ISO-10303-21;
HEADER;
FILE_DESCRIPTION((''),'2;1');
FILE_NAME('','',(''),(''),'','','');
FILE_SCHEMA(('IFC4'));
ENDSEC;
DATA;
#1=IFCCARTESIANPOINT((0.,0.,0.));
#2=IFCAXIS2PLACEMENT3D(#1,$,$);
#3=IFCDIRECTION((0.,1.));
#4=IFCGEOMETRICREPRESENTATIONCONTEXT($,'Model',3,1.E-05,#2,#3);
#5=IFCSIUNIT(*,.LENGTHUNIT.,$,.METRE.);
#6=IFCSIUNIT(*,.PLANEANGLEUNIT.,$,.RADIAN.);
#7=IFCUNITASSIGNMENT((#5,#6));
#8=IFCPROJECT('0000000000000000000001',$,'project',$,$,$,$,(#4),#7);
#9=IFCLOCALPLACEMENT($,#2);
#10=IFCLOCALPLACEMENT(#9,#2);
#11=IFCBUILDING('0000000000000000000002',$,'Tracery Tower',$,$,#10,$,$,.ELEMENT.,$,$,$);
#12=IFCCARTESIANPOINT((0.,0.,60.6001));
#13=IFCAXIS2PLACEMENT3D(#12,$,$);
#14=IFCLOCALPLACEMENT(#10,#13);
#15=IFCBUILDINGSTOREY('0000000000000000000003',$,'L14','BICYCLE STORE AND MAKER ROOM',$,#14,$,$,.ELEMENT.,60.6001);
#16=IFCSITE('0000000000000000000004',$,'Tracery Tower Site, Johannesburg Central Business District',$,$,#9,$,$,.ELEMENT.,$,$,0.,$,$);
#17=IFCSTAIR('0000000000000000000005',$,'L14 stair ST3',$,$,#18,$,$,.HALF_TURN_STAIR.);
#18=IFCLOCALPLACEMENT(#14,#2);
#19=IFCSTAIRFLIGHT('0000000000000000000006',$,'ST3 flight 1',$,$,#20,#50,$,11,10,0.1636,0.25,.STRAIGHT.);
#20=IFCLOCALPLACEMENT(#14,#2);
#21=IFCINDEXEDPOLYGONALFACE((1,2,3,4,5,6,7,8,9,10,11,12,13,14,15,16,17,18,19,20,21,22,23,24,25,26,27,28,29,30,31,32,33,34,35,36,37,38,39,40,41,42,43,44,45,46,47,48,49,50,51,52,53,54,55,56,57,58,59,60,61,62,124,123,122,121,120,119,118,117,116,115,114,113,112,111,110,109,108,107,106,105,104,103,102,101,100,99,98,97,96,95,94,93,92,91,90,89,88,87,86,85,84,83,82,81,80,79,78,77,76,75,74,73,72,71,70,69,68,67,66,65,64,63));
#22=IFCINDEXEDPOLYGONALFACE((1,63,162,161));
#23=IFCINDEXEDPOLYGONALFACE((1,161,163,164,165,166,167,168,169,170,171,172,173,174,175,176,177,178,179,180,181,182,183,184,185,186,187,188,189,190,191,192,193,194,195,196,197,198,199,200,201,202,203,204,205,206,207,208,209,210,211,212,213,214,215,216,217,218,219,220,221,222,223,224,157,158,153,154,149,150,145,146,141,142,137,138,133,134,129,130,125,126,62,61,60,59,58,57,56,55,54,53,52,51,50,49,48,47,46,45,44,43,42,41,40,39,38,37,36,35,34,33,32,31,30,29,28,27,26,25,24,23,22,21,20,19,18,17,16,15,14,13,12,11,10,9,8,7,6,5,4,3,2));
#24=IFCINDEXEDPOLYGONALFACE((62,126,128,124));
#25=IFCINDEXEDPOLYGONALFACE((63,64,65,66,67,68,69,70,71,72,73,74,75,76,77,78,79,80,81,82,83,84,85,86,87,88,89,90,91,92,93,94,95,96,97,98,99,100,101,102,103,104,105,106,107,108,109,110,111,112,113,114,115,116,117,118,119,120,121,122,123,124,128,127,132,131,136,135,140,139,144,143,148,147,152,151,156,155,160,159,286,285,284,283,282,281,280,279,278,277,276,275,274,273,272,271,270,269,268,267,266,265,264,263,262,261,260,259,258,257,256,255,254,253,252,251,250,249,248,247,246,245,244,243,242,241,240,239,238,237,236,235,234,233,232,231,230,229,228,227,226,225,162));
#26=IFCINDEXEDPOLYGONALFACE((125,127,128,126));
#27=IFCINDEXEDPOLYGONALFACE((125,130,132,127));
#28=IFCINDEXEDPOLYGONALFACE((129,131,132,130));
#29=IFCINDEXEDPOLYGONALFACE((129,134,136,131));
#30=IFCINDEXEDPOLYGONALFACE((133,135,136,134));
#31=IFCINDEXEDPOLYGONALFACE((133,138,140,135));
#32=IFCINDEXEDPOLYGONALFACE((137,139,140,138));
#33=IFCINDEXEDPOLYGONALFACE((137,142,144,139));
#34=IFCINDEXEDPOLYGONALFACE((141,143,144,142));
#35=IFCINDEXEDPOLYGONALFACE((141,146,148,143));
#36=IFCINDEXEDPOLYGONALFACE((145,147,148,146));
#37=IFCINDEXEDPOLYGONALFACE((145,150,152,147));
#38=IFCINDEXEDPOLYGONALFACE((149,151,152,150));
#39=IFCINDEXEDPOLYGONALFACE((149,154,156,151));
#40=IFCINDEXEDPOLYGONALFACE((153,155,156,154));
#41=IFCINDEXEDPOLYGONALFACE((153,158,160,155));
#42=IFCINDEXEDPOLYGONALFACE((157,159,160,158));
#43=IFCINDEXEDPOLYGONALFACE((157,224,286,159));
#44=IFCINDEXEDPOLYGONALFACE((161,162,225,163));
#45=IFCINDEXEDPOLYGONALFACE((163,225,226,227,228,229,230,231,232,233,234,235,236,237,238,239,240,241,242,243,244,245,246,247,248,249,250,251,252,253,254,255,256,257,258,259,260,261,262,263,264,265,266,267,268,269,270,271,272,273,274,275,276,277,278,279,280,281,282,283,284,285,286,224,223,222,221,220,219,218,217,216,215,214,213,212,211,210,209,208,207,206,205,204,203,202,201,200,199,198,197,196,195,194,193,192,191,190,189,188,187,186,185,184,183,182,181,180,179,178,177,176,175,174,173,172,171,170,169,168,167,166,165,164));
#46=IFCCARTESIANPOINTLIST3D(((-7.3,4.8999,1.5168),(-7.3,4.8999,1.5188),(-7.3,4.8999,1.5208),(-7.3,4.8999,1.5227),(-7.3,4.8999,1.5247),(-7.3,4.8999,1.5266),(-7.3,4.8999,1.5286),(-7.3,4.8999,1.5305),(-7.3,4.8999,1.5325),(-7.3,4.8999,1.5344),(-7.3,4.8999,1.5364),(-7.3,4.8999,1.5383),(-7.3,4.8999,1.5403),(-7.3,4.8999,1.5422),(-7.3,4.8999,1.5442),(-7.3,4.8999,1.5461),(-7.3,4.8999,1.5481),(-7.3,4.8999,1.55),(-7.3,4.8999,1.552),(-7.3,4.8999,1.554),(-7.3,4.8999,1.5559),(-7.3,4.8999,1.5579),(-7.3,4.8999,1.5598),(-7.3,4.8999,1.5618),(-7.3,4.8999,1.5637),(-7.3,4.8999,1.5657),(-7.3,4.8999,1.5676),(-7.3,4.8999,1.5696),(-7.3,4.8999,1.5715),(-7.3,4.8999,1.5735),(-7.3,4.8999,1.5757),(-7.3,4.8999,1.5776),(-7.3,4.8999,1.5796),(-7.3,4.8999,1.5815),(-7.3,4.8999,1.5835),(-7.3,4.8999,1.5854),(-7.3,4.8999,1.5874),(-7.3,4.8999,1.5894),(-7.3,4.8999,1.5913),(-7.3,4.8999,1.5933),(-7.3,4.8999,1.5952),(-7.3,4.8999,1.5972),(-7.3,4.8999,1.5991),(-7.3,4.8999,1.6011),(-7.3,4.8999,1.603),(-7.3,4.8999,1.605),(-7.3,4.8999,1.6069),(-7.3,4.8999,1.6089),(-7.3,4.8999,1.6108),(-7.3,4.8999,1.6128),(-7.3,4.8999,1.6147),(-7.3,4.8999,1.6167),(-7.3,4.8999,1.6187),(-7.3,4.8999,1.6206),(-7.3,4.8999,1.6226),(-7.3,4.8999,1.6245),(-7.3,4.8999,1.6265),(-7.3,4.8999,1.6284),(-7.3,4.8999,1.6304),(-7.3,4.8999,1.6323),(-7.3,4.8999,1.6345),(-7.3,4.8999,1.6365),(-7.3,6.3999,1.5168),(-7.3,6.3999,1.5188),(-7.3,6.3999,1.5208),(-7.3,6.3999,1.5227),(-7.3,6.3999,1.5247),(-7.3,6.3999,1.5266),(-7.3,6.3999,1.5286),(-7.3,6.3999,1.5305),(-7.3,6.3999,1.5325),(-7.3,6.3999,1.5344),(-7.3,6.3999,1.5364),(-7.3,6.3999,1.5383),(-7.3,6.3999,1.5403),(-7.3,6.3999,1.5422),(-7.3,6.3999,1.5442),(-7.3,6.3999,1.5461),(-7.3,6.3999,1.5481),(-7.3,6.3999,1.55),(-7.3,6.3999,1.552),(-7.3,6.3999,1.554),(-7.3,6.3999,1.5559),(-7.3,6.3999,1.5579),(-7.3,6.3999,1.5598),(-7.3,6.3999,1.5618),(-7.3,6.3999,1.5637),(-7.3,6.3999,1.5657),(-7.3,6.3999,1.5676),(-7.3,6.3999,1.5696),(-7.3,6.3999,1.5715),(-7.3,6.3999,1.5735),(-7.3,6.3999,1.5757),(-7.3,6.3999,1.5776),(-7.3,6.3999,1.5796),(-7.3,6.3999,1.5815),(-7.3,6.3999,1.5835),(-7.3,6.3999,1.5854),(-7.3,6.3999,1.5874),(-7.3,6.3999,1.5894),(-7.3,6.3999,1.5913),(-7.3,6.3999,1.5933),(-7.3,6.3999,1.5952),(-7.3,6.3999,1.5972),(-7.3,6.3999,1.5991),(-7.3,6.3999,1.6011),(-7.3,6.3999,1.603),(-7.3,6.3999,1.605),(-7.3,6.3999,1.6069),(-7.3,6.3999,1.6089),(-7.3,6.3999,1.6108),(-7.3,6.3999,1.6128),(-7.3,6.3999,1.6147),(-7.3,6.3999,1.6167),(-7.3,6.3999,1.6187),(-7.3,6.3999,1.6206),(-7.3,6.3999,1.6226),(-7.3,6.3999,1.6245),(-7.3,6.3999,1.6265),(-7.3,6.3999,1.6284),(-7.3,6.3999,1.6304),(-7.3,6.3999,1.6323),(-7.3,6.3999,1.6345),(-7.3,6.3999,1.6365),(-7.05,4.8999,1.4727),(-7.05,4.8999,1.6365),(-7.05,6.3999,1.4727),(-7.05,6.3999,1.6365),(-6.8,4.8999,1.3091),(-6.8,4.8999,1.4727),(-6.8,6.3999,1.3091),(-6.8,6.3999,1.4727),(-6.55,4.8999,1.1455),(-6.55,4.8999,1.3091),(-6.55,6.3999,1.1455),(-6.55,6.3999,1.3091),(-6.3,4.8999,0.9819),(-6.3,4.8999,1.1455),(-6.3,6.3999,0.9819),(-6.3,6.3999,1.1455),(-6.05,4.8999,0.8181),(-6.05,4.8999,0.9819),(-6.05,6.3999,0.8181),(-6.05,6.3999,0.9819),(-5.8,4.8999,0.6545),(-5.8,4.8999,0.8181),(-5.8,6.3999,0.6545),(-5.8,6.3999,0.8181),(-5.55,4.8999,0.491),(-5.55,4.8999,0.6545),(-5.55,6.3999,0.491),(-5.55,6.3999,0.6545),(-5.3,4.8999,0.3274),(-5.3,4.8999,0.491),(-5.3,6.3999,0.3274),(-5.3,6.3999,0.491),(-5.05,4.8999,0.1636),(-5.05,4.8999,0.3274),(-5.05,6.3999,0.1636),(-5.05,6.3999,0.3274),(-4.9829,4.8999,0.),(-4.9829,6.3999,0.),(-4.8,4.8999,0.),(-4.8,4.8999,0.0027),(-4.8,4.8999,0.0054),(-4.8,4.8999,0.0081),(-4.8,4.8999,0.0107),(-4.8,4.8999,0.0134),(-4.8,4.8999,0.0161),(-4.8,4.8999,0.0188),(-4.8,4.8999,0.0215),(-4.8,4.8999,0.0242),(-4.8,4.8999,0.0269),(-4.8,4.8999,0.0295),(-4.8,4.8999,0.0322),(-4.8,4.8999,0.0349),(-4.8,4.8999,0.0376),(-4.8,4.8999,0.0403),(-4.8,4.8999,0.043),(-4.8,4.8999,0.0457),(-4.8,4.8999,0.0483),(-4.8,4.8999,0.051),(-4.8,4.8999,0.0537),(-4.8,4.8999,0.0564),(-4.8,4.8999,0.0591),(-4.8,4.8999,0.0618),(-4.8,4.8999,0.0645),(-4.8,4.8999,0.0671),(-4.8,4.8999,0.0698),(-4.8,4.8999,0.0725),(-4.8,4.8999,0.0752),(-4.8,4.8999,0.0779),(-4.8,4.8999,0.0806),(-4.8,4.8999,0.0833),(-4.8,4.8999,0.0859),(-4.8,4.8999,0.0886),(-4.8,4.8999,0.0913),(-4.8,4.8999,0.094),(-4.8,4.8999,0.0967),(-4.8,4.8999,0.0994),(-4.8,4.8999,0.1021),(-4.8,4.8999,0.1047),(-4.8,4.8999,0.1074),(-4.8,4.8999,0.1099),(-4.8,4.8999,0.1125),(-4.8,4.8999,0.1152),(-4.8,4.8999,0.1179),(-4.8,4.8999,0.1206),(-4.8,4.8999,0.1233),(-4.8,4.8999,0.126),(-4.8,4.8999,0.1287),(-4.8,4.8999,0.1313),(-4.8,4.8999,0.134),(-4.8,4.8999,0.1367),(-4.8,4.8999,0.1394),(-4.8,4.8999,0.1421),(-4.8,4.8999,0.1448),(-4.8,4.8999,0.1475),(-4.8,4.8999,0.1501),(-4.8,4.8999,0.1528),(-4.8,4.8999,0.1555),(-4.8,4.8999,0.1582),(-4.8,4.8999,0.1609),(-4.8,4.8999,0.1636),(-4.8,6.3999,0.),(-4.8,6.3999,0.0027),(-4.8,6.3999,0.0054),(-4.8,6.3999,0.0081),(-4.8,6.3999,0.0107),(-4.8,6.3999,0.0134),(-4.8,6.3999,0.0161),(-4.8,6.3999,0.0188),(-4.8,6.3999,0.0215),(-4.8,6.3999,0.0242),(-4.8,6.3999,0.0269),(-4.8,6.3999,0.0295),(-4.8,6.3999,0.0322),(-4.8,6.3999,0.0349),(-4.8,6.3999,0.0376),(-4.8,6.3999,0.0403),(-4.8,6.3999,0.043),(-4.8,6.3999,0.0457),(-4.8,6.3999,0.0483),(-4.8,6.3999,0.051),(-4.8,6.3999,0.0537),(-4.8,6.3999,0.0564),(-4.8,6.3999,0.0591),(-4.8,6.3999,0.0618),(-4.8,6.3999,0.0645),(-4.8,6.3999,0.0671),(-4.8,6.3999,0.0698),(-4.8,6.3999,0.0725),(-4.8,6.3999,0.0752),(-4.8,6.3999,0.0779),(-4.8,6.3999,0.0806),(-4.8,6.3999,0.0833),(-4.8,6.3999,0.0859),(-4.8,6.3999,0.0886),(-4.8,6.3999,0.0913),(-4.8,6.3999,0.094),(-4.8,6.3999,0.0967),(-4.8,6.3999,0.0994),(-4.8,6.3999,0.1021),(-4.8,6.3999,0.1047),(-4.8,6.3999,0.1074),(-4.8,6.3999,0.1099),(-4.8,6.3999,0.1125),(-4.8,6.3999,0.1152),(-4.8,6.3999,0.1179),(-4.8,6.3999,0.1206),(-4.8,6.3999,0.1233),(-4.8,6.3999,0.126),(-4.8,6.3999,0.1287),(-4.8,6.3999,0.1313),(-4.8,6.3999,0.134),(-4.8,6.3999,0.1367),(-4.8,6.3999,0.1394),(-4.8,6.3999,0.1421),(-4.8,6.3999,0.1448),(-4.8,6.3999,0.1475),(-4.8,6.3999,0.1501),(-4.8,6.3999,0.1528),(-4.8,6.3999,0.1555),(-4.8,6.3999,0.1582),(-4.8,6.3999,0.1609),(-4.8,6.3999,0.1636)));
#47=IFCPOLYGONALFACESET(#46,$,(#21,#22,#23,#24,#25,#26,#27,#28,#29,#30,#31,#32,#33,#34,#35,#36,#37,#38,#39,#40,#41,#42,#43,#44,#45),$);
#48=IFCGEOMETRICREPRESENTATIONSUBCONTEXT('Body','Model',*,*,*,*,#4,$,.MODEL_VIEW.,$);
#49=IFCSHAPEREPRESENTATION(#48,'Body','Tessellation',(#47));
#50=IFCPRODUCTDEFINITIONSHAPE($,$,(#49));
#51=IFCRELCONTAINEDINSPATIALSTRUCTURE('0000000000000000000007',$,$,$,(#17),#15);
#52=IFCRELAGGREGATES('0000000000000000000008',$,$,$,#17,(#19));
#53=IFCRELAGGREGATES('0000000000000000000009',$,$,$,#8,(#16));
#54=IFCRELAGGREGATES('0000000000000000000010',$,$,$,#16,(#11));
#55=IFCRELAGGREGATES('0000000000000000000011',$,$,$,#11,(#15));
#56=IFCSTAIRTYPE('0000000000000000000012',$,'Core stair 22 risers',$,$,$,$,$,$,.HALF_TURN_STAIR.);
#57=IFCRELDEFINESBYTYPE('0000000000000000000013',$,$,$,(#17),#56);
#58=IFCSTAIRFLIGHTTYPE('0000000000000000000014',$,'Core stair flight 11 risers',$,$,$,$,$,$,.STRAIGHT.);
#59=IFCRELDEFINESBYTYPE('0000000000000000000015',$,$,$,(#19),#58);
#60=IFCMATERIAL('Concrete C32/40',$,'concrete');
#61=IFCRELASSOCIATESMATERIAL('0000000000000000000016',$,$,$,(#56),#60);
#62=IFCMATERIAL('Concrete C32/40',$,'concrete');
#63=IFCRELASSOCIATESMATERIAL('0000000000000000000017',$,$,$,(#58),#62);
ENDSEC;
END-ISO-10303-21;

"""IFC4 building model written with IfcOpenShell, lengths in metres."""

from ifc_helpers import new_model, si_unit, direction, frame, origin, place, context, subcontext, project, spatial, polyline, outline, extrude, material, type_object, element, aggregate, save


model = new_model("IFC4")

# Units and contexts
model_context = context("Model", 3, precision=1e-05, world=origin(), true_north=direction((0.0, 1.0)))
body_context = subcontext(model_context, "Body", "Model", "MODEL_VIEW")
ifc_project = project(units=[si_unit("LENGTHUNIT", "METRE"), si_unit("PLANEANGLEUNIT", "RADIAN")], contexts=[model_context])

# Site, building, storey
site_placement = place(None, origin())
site = spatial("IfcSite", under=ifc_project, at=site_placement, Name="Tracery Tower Site, Johannesburg Central Business District", CompositionType="ELEMENT", RefElevation=0.0)
building_placement = place(site_placement, origin())
building = spatial("IfcBuilding", under=site, at=building_placement, Name="Tracery Tower", CompositionType="ELEMENT")
storey_placement = place(building_placement, frame((0.0, 0.0, 60.6001)))
storey = spatial("IfcBuildingStorey", under=building, at=storey_placement, Name="L14", Description="BICYCLE STORE AND MAKER ROOM", CompositionType="ELEMENT", Elevation=60.6001)

# Stair, stair flight
ifc_material_1 = material(Name="Concrete C32/40", Category="concrete")
stair_type = type_object("IfcStairType", Name="Core stair 22 risers", PredefinedType="HALF_TURN_STAIR", material=ifc_material_1)
stair_placement = place(storey_placement, origin())
stair = element("IfcStair", 1, at=stair_placement, inside=storey, type_object=stair_type, Name="L14 stair ST3", PredefinedType="HALF_TURN_STAIR")
ifc_material_2 = material(Name="Concrete C32/40", Category="concrete")
stair_flight_type = type_object("IfcStairFlightType", Name="Core stair flight 11 risers", PredefinedType="STRAIGHT", material=ifc_material_2)
stair_flight_1_placement = place(storey_placement, frame((-4.8, 5.6499, 0.0), z_axis=(0.0, 0.0, 1.0), x_axis=(-1.0, 0.0, 0.0)))
stair_flight_1 = element("IfcStairFlight", 2, at=stair_flight_1_placement, type_object=stair_flight_type, Name="ST3 flight 1", NumberOfRisers=11, NumberOfTreads=10, PredefinedType="STRAIGHT", RiserHeight=0.1636, TreadLength=0.25, context=body_context, shape_type="SweptSolid", body=[
    extrude(outline(polyline([(0.0, 0.0), (0.0, 0.0027), (0.0, 0.0054), (0.0, 0.0081), (0.0, 0.0107), (0.0, 0.0134), (0.0, 0.0161), (0.0, 0.0188), (0.0, 0.0215), (0.0, 0.0242), (0.0, 0.0269), (0.0, 0.0295), (0.0, 0.0322), (0.0, 0.0349), (0.0, 0.0376), (0.0, 0.0403), (0.0, 0.043), (0.0, 0.0457), (0.0, 0.0483), (0.0, 0.051), (0.0, 0.0537), (0.0, 0.0564), (0.0, 0.0591), (0.0, 0.0618), (0.0, 0.0645), (0.0, 0.0671), (0.0, 0.0698), (0.0, 0.0725), (0.0, 0.0752), (0.0, 0.0779), (0.0, 0.0806), (0.0, 0.0833), (0.0, 0.0859), (0.0, 0.0886), (0.0, 0.0913), (0.0, 0.094), (0.0, 0.0967), (0.0, 0.0994), (0.0, 0.1021), (0.0, 0.1047), (0.0, 0.1074), (0.0, 0.1099), (0.0, 0.1125), (0.0, 0.1152), (0.0, 0.1179), (0.0, 0.1206), (0.0, 0.1233), (0.0, 0.126), (0.0, 0.1287), (0.0, 0.1313), (0.0, 0.134), (0.0, 0.1367), (0.0, 0.1394), (0.0, 0.1421), (0.0, 0.1448), (0.0, 0.1475), (0.0, 0.1501), (0.0, 0.1528), (0.0, 0.1555), (0.0, 0.1582), (0.0, 0.1609), (0.0, 0.1636), (0.25, 0.1636), (0.25, 0.3274), (0.5, 0.3274), (0.5, 0.491), (0.75, 0.491), (0.75, 0.6545), (1.0, 0.6545), (1.0, 0.8181), (1.25, 0.8181), (1.25, 0.9819), (1.5, 0.9819), (1.5, 1.1455), (1.75, 1.1455), (1.75, 1.3091), (2.0, 1.3091), (2.0, 1.4727), (2.25, 1.4727), (2.25, 1.6365), (2.5, 1.6365), (2.5, 1.6345), (2.5, 1.6323), (2.5, 1.6304), (2.5, 1.6284), (2.5, 1.6265), (2.5, 1.6245), (2.5, 1.6226), (2.5, 1.6206), (2.5, 1.6187), (2.5, 1.6167), (2.5, 1.6147), (2.5, 1.6128), (2.5, 1.6108), (2.5, 1.6089), (2.5, 1.6069), (2.5, 1.605), (2.5, 1.603), (2.5, 1.6011), (2.5, 1.5991), (2.5, 1.5972), (2.5, 1.5952), (2.5, 1.5933), (2.5, 1.5913), (2.5, 1.5894), (2.5, 1.5874), (2.5, 1.5854), (2.5, 1.5835), (2.5, 1.5815), (2.5, 1.5796), (2.5, 1.5776), (2.5, 1.5757), (2.5, 1.5735), (2.5, 1.5715), (2.5, 1.5696), (2.5, 1.5676), (2.5, 1.5657), (2.5, 1.5637), (2.5, 1.5618), (2.5, 1.5598), (2.5, 1.5579), (2.5, 1.5559), (2.5, 1.554), (2.5, 1.552), (2.5, 1.55), (2.5, 1.5481), (2.5, 1.5461), (2.5, 1.5442), (2.5, 1.5422), (2.5, 1.5403), (2.5, 1.5383), (2.5, 1.5364), (2.5, 1.5344), (2.5, 1.5325), (2.5, 1.5305), (2.5, 1.5286), (2.5, 1.5266), (2.5, 1.5247), (2.5, 1.5227), (2.5, 1.5208), (2.5, 1.5188), (2.5, 1.5168), (0.1829, 0.0), (0.0, 0.0)])), frame((0.0, 0.75, 0.0), z_axis=(0.0, -1.0, 0.0), x_axis=(1.0, 0.0, 0.0)), (0.0, 0.0, 1.0), 1.5),
])
aggregate(stair, [stair_flight_1])

save(model, "model.ifc")
